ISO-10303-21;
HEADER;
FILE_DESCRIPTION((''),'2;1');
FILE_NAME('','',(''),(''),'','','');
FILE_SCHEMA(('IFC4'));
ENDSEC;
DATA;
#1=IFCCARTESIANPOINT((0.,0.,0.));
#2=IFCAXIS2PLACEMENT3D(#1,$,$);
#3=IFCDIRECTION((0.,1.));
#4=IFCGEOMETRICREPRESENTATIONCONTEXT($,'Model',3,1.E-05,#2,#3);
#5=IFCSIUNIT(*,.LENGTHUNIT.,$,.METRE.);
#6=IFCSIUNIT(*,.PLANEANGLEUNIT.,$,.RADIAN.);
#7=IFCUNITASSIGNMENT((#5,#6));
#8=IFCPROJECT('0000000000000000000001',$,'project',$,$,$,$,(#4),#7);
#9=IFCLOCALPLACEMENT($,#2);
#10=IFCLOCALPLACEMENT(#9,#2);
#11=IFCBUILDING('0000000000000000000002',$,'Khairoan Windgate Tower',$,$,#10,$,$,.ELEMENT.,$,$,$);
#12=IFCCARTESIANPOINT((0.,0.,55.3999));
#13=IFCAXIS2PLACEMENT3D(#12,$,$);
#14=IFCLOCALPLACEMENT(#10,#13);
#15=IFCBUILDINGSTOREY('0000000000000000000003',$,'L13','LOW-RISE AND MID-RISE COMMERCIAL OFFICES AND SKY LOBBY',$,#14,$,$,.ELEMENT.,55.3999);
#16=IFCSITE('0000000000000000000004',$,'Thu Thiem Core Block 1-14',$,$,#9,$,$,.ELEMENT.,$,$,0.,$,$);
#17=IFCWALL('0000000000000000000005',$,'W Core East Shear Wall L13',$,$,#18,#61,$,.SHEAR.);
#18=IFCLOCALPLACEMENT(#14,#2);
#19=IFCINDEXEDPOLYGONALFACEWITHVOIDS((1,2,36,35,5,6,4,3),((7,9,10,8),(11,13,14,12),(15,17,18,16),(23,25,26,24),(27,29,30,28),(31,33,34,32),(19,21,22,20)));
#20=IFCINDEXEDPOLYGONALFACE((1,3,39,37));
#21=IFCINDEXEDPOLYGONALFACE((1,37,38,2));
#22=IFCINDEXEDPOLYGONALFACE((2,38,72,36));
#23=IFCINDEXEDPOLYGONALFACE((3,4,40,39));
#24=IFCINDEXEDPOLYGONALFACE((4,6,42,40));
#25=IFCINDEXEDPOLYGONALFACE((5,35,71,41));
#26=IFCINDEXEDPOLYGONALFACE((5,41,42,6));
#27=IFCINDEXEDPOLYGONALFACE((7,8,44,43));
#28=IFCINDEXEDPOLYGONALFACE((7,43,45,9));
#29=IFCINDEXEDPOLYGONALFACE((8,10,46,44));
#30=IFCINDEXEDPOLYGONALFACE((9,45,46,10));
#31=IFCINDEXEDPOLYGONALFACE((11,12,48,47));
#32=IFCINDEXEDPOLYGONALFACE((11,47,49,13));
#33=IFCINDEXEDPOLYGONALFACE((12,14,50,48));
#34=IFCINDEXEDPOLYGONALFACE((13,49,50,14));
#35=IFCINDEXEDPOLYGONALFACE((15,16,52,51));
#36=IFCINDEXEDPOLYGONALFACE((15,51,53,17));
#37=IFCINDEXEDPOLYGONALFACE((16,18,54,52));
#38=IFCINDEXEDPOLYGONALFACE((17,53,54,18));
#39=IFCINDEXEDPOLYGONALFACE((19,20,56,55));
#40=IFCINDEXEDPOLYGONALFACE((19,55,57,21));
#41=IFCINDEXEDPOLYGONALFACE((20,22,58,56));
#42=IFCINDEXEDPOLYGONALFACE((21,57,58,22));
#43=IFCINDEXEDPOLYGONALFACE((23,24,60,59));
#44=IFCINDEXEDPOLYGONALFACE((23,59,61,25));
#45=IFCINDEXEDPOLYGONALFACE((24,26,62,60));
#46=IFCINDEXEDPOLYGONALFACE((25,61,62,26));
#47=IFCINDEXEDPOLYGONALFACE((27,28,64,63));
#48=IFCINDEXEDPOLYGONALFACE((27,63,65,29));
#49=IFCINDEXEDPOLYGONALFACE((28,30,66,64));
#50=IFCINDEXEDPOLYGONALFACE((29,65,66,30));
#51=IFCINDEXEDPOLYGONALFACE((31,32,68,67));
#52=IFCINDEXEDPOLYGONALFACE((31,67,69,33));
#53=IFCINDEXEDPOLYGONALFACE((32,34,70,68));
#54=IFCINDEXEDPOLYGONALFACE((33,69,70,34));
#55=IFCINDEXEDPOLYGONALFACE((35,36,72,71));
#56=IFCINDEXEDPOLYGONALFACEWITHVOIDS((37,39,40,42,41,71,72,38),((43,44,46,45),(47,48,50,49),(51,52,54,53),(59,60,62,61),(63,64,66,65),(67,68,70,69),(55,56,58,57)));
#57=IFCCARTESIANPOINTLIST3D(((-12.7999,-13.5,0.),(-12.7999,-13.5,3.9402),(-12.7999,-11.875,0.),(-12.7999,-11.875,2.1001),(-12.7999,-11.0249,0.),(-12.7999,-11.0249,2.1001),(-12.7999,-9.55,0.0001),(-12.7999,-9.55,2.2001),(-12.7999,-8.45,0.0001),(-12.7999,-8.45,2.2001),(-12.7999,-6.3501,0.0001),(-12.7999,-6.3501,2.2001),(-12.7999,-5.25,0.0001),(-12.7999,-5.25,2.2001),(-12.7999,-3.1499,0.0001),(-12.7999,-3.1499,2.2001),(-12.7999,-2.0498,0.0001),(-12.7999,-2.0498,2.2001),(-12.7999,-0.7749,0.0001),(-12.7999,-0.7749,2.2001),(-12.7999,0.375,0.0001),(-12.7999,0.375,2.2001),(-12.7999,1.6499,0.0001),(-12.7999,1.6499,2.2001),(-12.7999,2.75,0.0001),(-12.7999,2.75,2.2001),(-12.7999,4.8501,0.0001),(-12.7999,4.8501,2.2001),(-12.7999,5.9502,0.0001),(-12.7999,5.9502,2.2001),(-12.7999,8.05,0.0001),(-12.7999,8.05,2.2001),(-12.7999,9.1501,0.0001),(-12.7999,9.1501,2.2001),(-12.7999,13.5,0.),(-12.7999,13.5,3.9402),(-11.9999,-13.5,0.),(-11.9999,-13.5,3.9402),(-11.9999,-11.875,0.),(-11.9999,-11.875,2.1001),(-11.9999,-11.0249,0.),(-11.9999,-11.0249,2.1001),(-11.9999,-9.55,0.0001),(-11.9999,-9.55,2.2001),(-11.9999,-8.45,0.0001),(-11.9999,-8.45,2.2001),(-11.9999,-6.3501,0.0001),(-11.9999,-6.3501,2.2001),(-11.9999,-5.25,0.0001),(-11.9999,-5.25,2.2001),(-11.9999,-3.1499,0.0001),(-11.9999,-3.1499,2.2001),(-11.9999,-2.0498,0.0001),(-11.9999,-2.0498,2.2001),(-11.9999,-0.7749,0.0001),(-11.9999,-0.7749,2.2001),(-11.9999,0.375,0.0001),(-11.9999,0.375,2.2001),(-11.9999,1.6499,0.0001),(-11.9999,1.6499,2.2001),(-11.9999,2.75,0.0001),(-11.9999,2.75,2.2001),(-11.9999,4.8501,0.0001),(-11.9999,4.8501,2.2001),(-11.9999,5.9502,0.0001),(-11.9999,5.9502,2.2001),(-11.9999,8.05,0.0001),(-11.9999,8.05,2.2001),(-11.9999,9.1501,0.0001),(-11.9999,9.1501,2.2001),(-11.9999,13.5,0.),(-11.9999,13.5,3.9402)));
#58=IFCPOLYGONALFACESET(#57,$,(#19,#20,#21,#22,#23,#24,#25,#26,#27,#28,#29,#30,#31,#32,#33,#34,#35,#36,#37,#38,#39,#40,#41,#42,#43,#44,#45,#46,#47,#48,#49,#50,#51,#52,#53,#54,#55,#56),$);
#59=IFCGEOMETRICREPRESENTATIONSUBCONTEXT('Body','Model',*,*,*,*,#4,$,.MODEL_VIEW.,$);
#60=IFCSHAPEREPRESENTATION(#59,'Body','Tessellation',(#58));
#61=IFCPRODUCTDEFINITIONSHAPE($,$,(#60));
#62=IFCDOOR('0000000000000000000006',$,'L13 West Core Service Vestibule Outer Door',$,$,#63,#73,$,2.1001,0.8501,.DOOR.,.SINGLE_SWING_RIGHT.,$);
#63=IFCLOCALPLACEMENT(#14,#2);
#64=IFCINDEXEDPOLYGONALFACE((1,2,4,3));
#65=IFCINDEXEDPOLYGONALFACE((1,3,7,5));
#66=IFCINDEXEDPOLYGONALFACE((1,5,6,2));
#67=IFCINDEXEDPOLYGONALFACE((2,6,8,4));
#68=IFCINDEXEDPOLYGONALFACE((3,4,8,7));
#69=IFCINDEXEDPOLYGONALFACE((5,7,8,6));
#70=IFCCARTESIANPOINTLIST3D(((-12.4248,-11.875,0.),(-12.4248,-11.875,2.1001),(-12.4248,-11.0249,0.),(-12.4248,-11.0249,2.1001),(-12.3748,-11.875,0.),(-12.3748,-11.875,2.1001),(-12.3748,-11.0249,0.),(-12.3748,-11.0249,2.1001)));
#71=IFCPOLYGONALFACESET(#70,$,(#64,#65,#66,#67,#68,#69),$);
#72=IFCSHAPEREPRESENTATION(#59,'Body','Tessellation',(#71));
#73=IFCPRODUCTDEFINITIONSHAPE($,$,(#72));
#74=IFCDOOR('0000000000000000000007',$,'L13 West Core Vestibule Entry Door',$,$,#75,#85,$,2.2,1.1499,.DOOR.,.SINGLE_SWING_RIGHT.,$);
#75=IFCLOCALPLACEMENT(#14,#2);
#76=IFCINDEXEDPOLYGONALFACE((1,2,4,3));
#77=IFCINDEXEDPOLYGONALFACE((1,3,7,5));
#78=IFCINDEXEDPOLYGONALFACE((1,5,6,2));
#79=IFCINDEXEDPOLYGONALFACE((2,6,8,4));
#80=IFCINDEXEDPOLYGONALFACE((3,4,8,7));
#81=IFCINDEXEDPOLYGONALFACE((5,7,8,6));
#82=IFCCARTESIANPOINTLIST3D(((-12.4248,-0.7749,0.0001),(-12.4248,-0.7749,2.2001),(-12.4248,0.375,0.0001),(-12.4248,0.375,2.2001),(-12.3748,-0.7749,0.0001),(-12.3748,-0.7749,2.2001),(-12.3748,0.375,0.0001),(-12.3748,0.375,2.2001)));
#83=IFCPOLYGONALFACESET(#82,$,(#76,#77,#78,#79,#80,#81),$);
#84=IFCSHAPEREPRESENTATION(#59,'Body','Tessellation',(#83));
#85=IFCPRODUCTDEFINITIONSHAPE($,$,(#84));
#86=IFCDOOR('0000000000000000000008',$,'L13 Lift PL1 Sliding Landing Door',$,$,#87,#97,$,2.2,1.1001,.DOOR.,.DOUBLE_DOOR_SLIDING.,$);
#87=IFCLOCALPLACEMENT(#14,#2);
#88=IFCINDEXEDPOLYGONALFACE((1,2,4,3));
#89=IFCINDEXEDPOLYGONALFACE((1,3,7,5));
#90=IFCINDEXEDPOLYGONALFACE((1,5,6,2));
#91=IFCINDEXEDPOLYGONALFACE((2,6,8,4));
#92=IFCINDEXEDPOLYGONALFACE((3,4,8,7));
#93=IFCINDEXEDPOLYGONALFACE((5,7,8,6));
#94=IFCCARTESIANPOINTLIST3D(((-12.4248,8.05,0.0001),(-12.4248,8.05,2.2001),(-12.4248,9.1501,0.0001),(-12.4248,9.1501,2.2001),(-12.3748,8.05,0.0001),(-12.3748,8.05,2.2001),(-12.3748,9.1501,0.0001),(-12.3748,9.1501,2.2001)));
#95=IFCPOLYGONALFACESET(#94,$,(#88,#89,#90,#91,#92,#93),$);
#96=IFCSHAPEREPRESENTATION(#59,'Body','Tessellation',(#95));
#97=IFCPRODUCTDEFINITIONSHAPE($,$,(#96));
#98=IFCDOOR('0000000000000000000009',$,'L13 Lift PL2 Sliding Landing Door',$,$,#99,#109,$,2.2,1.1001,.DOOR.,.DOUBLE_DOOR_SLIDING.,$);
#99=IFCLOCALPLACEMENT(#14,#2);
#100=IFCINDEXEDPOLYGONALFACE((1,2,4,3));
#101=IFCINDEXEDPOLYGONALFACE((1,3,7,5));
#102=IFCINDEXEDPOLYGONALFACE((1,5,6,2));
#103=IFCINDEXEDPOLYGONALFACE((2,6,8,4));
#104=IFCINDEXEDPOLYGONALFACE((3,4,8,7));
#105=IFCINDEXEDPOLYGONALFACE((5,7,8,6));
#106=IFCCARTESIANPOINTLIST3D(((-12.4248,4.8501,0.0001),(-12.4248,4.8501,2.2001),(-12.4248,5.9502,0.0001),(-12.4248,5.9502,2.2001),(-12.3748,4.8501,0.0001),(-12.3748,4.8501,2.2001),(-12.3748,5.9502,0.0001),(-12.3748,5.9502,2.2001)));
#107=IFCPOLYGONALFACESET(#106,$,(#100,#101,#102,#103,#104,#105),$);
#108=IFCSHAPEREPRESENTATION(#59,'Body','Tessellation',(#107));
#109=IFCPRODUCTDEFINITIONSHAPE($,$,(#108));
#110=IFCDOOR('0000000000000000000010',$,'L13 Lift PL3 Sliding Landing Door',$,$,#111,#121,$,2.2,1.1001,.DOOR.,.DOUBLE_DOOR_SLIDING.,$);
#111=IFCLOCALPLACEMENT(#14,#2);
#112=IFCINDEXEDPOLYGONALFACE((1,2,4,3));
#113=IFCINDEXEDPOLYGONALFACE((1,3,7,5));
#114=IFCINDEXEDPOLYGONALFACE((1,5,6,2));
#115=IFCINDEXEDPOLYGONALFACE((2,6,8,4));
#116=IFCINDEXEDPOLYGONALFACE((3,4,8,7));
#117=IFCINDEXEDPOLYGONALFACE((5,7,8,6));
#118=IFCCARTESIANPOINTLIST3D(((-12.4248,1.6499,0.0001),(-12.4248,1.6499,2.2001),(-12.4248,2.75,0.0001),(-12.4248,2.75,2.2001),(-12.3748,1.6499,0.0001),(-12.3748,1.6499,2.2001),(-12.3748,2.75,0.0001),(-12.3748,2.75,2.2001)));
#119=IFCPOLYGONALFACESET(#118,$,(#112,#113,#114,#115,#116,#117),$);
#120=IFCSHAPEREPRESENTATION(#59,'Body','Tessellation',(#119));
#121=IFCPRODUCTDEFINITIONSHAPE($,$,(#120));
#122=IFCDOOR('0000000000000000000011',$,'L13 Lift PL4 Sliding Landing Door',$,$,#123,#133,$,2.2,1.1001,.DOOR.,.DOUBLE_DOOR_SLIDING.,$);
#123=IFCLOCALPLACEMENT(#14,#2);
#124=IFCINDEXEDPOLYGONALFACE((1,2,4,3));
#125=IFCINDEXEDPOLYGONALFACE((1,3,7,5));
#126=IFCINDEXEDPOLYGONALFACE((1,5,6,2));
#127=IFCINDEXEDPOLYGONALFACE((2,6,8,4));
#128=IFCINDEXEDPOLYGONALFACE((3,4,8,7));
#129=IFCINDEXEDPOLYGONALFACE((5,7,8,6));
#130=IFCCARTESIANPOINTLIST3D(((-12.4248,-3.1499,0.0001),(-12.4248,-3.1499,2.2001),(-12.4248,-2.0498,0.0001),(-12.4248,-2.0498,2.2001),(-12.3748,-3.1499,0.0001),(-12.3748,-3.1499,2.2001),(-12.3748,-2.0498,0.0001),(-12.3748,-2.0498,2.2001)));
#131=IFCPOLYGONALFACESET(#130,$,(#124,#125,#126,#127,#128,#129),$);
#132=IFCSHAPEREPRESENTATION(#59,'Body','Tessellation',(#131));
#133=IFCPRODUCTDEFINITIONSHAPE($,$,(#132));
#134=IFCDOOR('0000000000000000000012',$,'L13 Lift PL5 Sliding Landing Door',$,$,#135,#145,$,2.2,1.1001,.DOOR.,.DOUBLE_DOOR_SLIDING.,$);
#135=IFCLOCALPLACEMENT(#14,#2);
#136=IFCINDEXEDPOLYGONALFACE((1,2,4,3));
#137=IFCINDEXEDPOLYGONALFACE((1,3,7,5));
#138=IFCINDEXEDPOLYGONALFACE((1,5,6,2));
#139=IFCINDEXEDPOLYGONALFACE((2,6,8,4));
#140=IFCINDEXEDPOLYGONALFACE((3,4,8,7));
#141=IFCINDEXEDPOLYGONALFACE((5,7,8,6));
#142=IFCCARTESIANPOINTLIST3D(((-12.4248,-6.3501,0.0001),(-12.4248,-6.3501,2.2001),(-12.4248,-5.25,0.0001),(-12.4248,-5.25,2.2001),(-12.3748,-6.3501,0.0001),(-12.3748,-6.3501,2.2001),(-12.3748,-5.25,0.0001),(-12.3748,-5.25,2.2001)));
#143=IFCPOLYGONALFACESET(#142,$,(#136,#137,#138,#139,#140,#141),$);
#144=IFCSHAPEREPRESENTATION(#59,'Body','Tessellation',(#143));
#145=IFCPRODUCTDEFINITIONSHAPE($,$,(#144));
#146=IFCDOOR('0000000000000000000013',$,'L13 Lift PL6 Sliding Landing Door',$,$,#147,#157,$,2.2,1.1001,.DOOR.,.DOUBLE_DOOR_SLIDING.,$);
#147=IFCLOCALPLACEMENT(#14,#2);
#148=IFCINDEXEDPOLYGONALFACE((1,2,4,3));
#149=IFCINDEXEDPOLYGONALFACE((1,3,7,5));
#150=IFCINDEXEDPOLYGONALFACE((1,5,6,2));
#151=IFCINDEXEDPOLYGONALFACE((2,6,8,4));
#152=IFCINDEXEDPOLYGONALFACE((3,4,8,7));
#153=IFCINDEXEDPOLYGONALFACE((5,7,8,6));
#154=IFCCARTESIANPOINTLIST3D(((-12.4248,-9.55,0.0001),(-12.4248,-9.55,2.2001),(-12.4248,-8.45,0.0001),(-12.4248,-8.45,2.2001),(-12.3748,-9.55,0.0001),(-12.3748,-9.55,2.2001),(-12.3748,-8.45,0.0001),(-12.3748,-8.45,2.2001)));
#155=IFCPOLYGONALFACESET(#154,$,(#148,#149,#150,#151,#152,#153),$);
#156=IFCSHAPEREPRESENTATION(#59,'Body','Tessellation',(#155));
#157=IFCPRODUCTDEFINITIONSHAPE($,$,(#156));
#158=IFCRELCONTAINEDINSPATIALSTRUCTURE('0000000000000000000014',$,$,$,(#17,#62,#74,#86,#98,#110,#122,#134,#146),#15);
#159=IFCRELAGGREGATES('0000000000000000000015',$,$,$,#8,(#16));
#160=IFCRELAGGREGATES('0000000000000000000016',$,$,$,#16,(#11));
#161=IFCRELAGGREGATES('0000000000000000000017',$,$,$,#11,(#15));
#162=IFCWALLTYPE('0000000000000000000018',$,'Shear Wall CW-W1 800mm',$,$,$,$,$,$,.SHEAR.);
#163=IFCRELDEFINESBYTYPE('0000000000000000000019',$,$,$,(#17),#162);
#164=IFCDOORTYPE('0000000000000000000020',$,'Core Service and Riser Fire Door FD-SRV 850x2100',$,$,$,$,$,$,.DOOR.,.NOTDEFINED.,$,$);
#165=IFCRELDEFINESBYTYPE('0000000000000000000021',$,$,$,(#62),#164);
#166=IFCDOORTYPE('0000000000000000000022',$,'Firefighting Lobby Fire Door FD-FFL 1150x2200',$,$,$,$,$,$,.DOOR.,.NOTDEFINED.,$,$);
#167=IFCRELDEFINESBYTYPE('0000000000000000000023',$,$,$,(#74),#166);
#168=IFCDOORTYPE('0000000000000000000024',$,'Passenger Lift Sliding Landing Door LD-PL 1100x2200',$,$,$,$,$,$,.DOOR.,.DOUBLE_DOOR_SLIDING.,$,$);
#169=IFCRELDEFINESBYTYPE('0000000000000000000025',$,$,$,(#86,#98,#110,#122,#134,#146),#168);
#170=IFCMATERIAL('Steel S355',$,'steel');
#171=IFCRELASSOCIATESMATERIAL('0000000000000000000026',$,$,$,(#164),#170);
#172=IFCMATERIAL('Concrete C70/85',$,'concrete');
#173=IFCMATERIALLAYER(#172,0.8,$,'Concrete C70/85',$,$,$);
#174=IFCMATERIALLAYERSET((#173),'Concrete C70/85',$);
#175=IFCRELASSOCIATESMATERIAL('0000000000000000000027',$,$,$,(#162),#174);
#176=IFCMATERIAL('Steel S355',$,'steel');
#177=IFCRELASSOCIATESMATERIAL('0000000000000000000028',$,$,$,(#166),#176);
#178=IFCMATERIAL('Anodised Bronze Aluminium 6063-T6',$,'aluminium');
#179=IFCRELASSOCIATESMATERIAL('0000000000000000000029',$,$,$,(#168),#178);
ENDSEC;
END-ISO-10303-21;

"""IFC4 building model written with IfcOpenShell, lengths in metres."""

from ifc_helpers import new_model, si_unit, direction, frame, frame_2d, origin, place, context, subcontext, project, spatial, rectangle, extrude, material, layer, layer_set, type_object, element, fill, save


model = new_model("IFC4")

# Units and contexts
model_context = context("Model", 3, precision=1e-05, world=origin(), true_north=direction((0.0, 1.0)))
body_context = subcontext(model_context, "Body", "Model", "MODEL_VIEW")
ifc_project = project(units=[si_unit("LENGTHUNIT", "METRE"), si_unit("PLANEANGLEUNIT", "RADIAN")], contexts=[model_context])

# Site, building, storey
site_placement = place(None, origin())
site = spatial("IfcSite", under=ifc_project, at=site_placement, Name="Thu Thiem Core Block 1-14", CompositionType="ELEMENT", RefElevation=0.0)
building_placement = place(site_placement, origin())
building = spatial("IfcBuilding", under=site, at=building_placement, Name="Khairoan Windgate Tower", CompositionType="ELEMENT")
storey_placement = place(building_placement, frame((0.0, 0.0, 55.3999)))
storey = spatial("IfcBuildingStorey", under=building, at=storey_placement, Name="L13", Description="LOW-RISE AND MID-RISE COMMERCIAL OFFICES AND SKY LOBBY", CompositionType="ELEMENT", Elevation=55.3999)

# Shared definitions
ifc_material_1 = material(Name="Steel S355", Category="steel")
door_type_1 = type_object("IfcDoorType", Name="Core Service and Riser Fire Door FD-SRV 850x2100", OperationType="NOTDEFINED", PredefinedType="DOOR", material=ifc_material_1)

# Wall, openings, doors
ifc_material_2 = material(Name="Concrete C70/85", Category="concrete")
ifc_layer_1 = layer(ifc_material_2, 0.8, Name="Concrete C70/85")
ifc_layer_set_1 = layer_set([ifc_layer_1], Name="Concrete C70/85")
wall_type_1 = type_object("IfcWallType", Name="Shear Wall CW-W1 800mm", PredefinedType="SHEAR", material=ifc_layer_set_1)
wall_1_placement = place(storey_placement, frame((-12.3999, -13.5, 0.0), z_axis=(0.0, 0.0, 1.0), x_axis=(0.0, 1.0, 0.0)))
wall_1 = element("IfcWall", 1, at=wall_1_placement, inside=storey, type_object=wall_type_1, Name="W Core East Shear Wall L13", PredefinedType="SHEAR", context=body_context, shape_type="SweptSolid", body=[
    extrude(rectangle(XDim=27.0, YDim=0.8, at=frame_2d((13.5, 0.0))), origin(), (0.0, 0.0, 1.0), 3.9402),
])
opening_1_placement = place(wall_1_placement, frame((21.55, 0.0, 0.0)))
opening_1 = element("IfcOpeningElement", 2, at=opening_1_placement, cuts=wall_1, PredefinedType="OPENING", context=body_context, shape_type="SweptSolid", body=[
    extrude(rectangle(XDim=1.1001, YDim=2.2, at=frame_2d((0.55, 1.1001))), frame((0.0, 0.4099, 0.0), z_axis=(0.0, -1.0, 0.0), x_axis=(1.0, 0.0, 0.0)), (0.0, 0.0, 1.0), 0.8201),
])
opening_2_placement = place(wall_1_placement, frame((18.3501, 0.0, 0.0)))
opening_2 = element("IfcOpeningElement", 3, at=opening_2_placement, cuts=wall_1, PredefinedType="OPENING", context=body_context, shape_type="SweptSolid", body=[
    extrude(rectangle(XDim=1.1001, YDim=2.2, at=frame_2d((0.55, 1.1001))), frame((0.0, 0.4099, 0.0), z_axis=(0.0, -1.0, 0.0), x_axis=(1.0, 0.0, 0.0)), (0.0, 0.0, 1.0), 0.8201),
])
opening_3_placement = place(wall_1_placement, frame((15.1499, 0.0, 0.0)))
opening_3 = element("IfcOpeningElement", 4, at=opening_3_placement, cuts=wall_1, PredefinedType="OPENING", context=body_context, shape_type="SweptSolid", body=[
    extrude(rectangle(XDim=1.1001, YDim=2.2, at=frame_2d((0.55, 1.1001))), frame((0.0, 0.4099, 0.0), z_axis=(0.0, -1.0, 0.0), x_axis=(1.0, 0.0, 0.0)), (0.0, 0.0, 1.0), 0.8201),
])
opening_4_placement = place(wall_1_placement, frame((10.3501, 0.0, 0.0)))
opening_4 = element("IfcOpeningElement", 5, at=opening_4_placement, cuts=wall_1, PredefinedType="OPENING", context=body_context, shape_type="SweptSolid", body=[
    extrude(rectangle(XDim=1.1001, YDim=2.2, at=frame_2d((0.55, 1.1001))), frame((0.0, 0.4099, 0.0), z_axis=(0.0, -1.0, 0.0), x_axis=(1.0, 0.0, 0.0)), (0.0, 0.0, 1.0), 0.8201),
])
opening_5_placement = place(wall_1_placement, frame((7.1499, 0.0, 0.0)))
opening_5 = element("IfcOpeningElement", 6, at=opening_5_placement, cuts=wall_1, PredefinedType="OPENING", context=body_context, shape_type="SweptSolid", body=[
    extrude(rectangle(XDim=1.1001, YDim=2.2, at=frame_2d((0.55, 1.1001))), frame((0.0, 0.4099, 0.0), z_axis=(0.0, -1.0, 0.0), x_axis=(1.0, 0.0, 0.0)), (0.0, 0.0, 1.0), 0.8201),
])
opening_6_placement = place(wall_1_placement, frame((3.95, 0.0, 0.0)))
opening_6 = element("IfcOpeningElement", 7, at=opening_6_placement, cuts=wall_1, PredefinedType="OPENING", context=body_context, shape_type="SweptSolid", body=[
    extrude(rectangle(XDim=1.1001, YDim=2.2, at=frame_2d((0.55, 1.1001))), frame((0.0, 0.4099, 0.0), z_axis=(0.0, -1.0, 0.0), x_axis=(1.0, 0.0, 0.0)), (0.0, 0.0, 1.0), 0.8201),
])
opening_7_placement = place(wall_1_placement, frame((12.7251, 0.0, 0.0)))
opening_7 = element("IfcOpeningElement", 8, at=opening_7_placement, cuts=wall_1, PredefinedType="OPENING", context=body_context, shape_type="SweptSolid", body=[
    extrude(rectangle(XDim=1.1499, YDim=2.2, at=frame_2d((0.575, 1.1001))), frame((0.0, 0.4099, 0.0), z_axis=(0.0, -1.0, 0.0), x_axis=(1.0, 0.0, 0.0)), (0.0, 0.0, 1.0), 0.8201),
])
opening_8_placement = place(wall_1_placement, frame((1.625, 0.0, 0.0)))
opening_8 = element("IfcOpeningElement", 9, at=opening_8_placement, cuts=wall_1, PredefinedType="OPENING", context=body_context, shape_type="SweptSolid", body=[
    extrude(rectangle(XDim=0.8501, YDim=2.1001, at=frame_2d((0.425, 1.05))), frame((0.0, 0.4099, 0.0), z_axis=(0.0, -1.0, 0.0), x_axis=(1.0, 0.0, 0.0)), (0.0, 0.0, 1.0), 0.8201),
])
door_1_placement = place(opening_8_placement, origin())
door_1 = element("IfcDoor", 10, at=door_1_placement, inside=storey, type_object=door_type_1, Name="L13 West Core Service Vestibule Outer Door", OperationType="SINGLE_SWING_RIGHT", OverallHeight=2.1001, OverallWidth=0.8501, PredefinedType="DOOR", context=body_context, shape_type="SweptSolid", body=[
    extrude(rectangle(XDim=0.8501, YDim=2.1001, at=frame_2d((0.425, 1.05))), frame((0.0, 0.0249, 0.0), z_axis=(0.0, -1.0, 0.0), x_axis=(1.0, 0.0, 0.0)), (0.0, 0.0, 1.0), 0.05),
])
fill(opening_8, door_1)
ifc_material_3 = material(Name="Steel S355", Category="steel")
door_type_2 = type_object("IfcDoorType", Name="Firefighting Lobby Fire Door FD-FFL 1150x2200", OperationType="NOTDEFINED", PredefinedType="DOOR", material=ifc_material_3)
door_2_placement = place(opening_7_placement, origin())
door_2 = element("IfcDoor", 11, at=door_2_placement, inside=storey, type_object=door_type_2, Name="L13 West Core Vestibule Entry Door", OperationType="SINGLE_SWING_RIGHT", OverallHeight=2.2, OverallWidth=1.1499, PredefinedType="DOOR", context=body_context, shape_type="SweptSolid", body=[
    extrude(rectangle(XDim=1.1499, YDim=2.2, at=frame_2d((0.575, 1.1001))), frame((0.0, 0.0249, 0.0), z_axis=(0.0, -1.0, 0.0), x_axis=(1.0, 0.0, 0.0)), (0.0, 0.0, 1.0), 0.05),
])
fill(opening_7, door_2)
ifc_material_4 = material(Name="Anodised Bronze Aluminium 6063-T6", Category="aluminium")
door_type_3 = type_object("IfcDoorType", Name="Passenger Lift Sliding Landing Door LD-PL 1100x2200", OperationType="DOUBLE_DOOR_SLIDING", PredefinedType="DOOR", material=ifc_material_4)
door_3_placement = place(opening_1_placement, origin())
door_3 = element("IfcDoor", 12, at=door_3_placement, inside=storey, type_object=door_type_3, Name="L13 Lift PL1 Sliding Landing Door", OperationType="DOUBLE_DOOR_SLIDING", OverallHeight=2.2, OverallWidth=1.1001, PredefinedType="DOOR", context=body_context, shape_type="SweptSolid", body=[
    extrude(rectangle(XDim=1.1001, YDim=2.2, at=frame_2d((0.55, 1.1001))), frame((0.0, 0.0249, 0.0), z_axis=(0.0, -1.0, 0.0), x_axis=(1.0, 0.0, 0.0)), (0.0, 0.0, 1.0), 0.05),
])
fill(opening_1, door_3)
door_4_placement = place(opening_2_placement, origin())
door_4 = element("IfcDoor", 13, at=door_4_placement, inside=storey, type_object=door_type_3, Name="L13 Lift PL2 Sliding Landing Door", OperationType="DOUBLE_DOOR_SLIDING", OverallHeight=2.2, OverallWidth=1.1001, PredefinedType="DOOR", context=body_context, shape_type="SweptSolid", body=[
    extrude(rectangle(XDim=1.1001, YDim=2.2, at=frame_2d((0.55, 1.1001))), frame((0.0, 0.0249, 0.0), z_axis=(0.0, -1.0, 0.0), x_axis=(1.0, 0.0, 0.0)), (0.0, 0.0, 1.0), 0.05),
])
fill(opening_2, door_4)
door_5_placement = place(opening_3_placement, origin())
door_5 = element("IfcDoor", 14, at=door_5_placement, inside=storey, type_object=door_type_3, Name="L13 Lift PL3 Sliding Landing Door", OperationType="DOUBLE_DOOR_SLIDING", OverallHeight=2.2, OverallWidth=1.1001, PredefinedType="DOOR", context=body_context, shape_type="SweptSolid", body=[
    extrude(rectangle(XDim=1.1001, YDim=2.2, at=frame_2d((0.55, 1.1001))), frame((0.0, 0.0249, 0.0), z_axis=(0.0, -1.0, 0.0), x_axis=(1.0, 0.0, 0.0)), (0.0, 0.0, 1.0), 0.05),
])
fill(opening_3, door_5)
door_6_placement = place(opening_4_placement, origin())
door_6 = element("IfcDoor", 15, at=door_6_placement, inside=storey, type_object=door_type_3, Name="L13 Lift PL4 Sliding Landing Door", OperationType="DOUBLE_DOOR_SLIDING", OverallHeight=2.2, OverallWidth=1.1001, PredefinedType="DOOR", context=body_context, shape_type="SweptSolid", body=[
    extrude(rectangle(XDim=1.1001, YDim=2.2, at=frame_2d((0.55, 1.1001))), frame((0.0, 0.0249, 0.0), z_axis=(0.0, -1.0, 0.0), x_axis=(1.0, 0.0, 0.0)), (0.0, 0.0, 1.0), 0.05),
])
fill(opening_4, door_6)
door_7_placement = place(opening_5_placement, origin())
door_7 = element("IfcDoor", 16, at=door_7_placement, inside=storey, type_object=door_type_3, Name="L13 Lift PL5 Sliding Landing Door", OperationType="DOUBLE_DOOR_SLIDING", OverallHeight=2.2, OverallWidth=1.1001, PredefinedType="DOOR", context=body_context, shape_type="SweptSolid", body=[
    extrude(rectangle(XDim=1.1001, YDim=2.2, at=frame_2d((0.55, 1.1001))), frame((0.0, 0.0249, 0.0), z_axis=(0.0, -1.0, 0.0), x_axis=(1.0, 0.0, 0.0)), (0.0, 0.0, 1.0), 0.05),
])
fill(opening_5, door_7)
door_8_placement = place(opening_6_placement, origin())
door_8 = element("IfcDoor", 17, at=door_8_placement, inside=storey, type_object=door_type_3, Name="L13 Lift PL6 Sliding Landing Door", OperationType="DOUBLE_DOOR_SLIDING", OverallHeight=2.2, OverallWidth=1.1001, PredefinedType="DOOR", context=body_context, shape_type="SweptSolid", body=[
    extrude(rectangle(XDim=1.1001, YDim=2.2, at=frame_2d((0.55, 1.1001))), frame((0.0, 0.0249, 0.0), z_axis=(0.0, -1.0, 0.0), x_axis=(1.0, 0.0, 0.0)), (0.0, 0.0, 1.0), 0.05),
])
fill(opening_6, door_8)

save(model, "model.ifc")
